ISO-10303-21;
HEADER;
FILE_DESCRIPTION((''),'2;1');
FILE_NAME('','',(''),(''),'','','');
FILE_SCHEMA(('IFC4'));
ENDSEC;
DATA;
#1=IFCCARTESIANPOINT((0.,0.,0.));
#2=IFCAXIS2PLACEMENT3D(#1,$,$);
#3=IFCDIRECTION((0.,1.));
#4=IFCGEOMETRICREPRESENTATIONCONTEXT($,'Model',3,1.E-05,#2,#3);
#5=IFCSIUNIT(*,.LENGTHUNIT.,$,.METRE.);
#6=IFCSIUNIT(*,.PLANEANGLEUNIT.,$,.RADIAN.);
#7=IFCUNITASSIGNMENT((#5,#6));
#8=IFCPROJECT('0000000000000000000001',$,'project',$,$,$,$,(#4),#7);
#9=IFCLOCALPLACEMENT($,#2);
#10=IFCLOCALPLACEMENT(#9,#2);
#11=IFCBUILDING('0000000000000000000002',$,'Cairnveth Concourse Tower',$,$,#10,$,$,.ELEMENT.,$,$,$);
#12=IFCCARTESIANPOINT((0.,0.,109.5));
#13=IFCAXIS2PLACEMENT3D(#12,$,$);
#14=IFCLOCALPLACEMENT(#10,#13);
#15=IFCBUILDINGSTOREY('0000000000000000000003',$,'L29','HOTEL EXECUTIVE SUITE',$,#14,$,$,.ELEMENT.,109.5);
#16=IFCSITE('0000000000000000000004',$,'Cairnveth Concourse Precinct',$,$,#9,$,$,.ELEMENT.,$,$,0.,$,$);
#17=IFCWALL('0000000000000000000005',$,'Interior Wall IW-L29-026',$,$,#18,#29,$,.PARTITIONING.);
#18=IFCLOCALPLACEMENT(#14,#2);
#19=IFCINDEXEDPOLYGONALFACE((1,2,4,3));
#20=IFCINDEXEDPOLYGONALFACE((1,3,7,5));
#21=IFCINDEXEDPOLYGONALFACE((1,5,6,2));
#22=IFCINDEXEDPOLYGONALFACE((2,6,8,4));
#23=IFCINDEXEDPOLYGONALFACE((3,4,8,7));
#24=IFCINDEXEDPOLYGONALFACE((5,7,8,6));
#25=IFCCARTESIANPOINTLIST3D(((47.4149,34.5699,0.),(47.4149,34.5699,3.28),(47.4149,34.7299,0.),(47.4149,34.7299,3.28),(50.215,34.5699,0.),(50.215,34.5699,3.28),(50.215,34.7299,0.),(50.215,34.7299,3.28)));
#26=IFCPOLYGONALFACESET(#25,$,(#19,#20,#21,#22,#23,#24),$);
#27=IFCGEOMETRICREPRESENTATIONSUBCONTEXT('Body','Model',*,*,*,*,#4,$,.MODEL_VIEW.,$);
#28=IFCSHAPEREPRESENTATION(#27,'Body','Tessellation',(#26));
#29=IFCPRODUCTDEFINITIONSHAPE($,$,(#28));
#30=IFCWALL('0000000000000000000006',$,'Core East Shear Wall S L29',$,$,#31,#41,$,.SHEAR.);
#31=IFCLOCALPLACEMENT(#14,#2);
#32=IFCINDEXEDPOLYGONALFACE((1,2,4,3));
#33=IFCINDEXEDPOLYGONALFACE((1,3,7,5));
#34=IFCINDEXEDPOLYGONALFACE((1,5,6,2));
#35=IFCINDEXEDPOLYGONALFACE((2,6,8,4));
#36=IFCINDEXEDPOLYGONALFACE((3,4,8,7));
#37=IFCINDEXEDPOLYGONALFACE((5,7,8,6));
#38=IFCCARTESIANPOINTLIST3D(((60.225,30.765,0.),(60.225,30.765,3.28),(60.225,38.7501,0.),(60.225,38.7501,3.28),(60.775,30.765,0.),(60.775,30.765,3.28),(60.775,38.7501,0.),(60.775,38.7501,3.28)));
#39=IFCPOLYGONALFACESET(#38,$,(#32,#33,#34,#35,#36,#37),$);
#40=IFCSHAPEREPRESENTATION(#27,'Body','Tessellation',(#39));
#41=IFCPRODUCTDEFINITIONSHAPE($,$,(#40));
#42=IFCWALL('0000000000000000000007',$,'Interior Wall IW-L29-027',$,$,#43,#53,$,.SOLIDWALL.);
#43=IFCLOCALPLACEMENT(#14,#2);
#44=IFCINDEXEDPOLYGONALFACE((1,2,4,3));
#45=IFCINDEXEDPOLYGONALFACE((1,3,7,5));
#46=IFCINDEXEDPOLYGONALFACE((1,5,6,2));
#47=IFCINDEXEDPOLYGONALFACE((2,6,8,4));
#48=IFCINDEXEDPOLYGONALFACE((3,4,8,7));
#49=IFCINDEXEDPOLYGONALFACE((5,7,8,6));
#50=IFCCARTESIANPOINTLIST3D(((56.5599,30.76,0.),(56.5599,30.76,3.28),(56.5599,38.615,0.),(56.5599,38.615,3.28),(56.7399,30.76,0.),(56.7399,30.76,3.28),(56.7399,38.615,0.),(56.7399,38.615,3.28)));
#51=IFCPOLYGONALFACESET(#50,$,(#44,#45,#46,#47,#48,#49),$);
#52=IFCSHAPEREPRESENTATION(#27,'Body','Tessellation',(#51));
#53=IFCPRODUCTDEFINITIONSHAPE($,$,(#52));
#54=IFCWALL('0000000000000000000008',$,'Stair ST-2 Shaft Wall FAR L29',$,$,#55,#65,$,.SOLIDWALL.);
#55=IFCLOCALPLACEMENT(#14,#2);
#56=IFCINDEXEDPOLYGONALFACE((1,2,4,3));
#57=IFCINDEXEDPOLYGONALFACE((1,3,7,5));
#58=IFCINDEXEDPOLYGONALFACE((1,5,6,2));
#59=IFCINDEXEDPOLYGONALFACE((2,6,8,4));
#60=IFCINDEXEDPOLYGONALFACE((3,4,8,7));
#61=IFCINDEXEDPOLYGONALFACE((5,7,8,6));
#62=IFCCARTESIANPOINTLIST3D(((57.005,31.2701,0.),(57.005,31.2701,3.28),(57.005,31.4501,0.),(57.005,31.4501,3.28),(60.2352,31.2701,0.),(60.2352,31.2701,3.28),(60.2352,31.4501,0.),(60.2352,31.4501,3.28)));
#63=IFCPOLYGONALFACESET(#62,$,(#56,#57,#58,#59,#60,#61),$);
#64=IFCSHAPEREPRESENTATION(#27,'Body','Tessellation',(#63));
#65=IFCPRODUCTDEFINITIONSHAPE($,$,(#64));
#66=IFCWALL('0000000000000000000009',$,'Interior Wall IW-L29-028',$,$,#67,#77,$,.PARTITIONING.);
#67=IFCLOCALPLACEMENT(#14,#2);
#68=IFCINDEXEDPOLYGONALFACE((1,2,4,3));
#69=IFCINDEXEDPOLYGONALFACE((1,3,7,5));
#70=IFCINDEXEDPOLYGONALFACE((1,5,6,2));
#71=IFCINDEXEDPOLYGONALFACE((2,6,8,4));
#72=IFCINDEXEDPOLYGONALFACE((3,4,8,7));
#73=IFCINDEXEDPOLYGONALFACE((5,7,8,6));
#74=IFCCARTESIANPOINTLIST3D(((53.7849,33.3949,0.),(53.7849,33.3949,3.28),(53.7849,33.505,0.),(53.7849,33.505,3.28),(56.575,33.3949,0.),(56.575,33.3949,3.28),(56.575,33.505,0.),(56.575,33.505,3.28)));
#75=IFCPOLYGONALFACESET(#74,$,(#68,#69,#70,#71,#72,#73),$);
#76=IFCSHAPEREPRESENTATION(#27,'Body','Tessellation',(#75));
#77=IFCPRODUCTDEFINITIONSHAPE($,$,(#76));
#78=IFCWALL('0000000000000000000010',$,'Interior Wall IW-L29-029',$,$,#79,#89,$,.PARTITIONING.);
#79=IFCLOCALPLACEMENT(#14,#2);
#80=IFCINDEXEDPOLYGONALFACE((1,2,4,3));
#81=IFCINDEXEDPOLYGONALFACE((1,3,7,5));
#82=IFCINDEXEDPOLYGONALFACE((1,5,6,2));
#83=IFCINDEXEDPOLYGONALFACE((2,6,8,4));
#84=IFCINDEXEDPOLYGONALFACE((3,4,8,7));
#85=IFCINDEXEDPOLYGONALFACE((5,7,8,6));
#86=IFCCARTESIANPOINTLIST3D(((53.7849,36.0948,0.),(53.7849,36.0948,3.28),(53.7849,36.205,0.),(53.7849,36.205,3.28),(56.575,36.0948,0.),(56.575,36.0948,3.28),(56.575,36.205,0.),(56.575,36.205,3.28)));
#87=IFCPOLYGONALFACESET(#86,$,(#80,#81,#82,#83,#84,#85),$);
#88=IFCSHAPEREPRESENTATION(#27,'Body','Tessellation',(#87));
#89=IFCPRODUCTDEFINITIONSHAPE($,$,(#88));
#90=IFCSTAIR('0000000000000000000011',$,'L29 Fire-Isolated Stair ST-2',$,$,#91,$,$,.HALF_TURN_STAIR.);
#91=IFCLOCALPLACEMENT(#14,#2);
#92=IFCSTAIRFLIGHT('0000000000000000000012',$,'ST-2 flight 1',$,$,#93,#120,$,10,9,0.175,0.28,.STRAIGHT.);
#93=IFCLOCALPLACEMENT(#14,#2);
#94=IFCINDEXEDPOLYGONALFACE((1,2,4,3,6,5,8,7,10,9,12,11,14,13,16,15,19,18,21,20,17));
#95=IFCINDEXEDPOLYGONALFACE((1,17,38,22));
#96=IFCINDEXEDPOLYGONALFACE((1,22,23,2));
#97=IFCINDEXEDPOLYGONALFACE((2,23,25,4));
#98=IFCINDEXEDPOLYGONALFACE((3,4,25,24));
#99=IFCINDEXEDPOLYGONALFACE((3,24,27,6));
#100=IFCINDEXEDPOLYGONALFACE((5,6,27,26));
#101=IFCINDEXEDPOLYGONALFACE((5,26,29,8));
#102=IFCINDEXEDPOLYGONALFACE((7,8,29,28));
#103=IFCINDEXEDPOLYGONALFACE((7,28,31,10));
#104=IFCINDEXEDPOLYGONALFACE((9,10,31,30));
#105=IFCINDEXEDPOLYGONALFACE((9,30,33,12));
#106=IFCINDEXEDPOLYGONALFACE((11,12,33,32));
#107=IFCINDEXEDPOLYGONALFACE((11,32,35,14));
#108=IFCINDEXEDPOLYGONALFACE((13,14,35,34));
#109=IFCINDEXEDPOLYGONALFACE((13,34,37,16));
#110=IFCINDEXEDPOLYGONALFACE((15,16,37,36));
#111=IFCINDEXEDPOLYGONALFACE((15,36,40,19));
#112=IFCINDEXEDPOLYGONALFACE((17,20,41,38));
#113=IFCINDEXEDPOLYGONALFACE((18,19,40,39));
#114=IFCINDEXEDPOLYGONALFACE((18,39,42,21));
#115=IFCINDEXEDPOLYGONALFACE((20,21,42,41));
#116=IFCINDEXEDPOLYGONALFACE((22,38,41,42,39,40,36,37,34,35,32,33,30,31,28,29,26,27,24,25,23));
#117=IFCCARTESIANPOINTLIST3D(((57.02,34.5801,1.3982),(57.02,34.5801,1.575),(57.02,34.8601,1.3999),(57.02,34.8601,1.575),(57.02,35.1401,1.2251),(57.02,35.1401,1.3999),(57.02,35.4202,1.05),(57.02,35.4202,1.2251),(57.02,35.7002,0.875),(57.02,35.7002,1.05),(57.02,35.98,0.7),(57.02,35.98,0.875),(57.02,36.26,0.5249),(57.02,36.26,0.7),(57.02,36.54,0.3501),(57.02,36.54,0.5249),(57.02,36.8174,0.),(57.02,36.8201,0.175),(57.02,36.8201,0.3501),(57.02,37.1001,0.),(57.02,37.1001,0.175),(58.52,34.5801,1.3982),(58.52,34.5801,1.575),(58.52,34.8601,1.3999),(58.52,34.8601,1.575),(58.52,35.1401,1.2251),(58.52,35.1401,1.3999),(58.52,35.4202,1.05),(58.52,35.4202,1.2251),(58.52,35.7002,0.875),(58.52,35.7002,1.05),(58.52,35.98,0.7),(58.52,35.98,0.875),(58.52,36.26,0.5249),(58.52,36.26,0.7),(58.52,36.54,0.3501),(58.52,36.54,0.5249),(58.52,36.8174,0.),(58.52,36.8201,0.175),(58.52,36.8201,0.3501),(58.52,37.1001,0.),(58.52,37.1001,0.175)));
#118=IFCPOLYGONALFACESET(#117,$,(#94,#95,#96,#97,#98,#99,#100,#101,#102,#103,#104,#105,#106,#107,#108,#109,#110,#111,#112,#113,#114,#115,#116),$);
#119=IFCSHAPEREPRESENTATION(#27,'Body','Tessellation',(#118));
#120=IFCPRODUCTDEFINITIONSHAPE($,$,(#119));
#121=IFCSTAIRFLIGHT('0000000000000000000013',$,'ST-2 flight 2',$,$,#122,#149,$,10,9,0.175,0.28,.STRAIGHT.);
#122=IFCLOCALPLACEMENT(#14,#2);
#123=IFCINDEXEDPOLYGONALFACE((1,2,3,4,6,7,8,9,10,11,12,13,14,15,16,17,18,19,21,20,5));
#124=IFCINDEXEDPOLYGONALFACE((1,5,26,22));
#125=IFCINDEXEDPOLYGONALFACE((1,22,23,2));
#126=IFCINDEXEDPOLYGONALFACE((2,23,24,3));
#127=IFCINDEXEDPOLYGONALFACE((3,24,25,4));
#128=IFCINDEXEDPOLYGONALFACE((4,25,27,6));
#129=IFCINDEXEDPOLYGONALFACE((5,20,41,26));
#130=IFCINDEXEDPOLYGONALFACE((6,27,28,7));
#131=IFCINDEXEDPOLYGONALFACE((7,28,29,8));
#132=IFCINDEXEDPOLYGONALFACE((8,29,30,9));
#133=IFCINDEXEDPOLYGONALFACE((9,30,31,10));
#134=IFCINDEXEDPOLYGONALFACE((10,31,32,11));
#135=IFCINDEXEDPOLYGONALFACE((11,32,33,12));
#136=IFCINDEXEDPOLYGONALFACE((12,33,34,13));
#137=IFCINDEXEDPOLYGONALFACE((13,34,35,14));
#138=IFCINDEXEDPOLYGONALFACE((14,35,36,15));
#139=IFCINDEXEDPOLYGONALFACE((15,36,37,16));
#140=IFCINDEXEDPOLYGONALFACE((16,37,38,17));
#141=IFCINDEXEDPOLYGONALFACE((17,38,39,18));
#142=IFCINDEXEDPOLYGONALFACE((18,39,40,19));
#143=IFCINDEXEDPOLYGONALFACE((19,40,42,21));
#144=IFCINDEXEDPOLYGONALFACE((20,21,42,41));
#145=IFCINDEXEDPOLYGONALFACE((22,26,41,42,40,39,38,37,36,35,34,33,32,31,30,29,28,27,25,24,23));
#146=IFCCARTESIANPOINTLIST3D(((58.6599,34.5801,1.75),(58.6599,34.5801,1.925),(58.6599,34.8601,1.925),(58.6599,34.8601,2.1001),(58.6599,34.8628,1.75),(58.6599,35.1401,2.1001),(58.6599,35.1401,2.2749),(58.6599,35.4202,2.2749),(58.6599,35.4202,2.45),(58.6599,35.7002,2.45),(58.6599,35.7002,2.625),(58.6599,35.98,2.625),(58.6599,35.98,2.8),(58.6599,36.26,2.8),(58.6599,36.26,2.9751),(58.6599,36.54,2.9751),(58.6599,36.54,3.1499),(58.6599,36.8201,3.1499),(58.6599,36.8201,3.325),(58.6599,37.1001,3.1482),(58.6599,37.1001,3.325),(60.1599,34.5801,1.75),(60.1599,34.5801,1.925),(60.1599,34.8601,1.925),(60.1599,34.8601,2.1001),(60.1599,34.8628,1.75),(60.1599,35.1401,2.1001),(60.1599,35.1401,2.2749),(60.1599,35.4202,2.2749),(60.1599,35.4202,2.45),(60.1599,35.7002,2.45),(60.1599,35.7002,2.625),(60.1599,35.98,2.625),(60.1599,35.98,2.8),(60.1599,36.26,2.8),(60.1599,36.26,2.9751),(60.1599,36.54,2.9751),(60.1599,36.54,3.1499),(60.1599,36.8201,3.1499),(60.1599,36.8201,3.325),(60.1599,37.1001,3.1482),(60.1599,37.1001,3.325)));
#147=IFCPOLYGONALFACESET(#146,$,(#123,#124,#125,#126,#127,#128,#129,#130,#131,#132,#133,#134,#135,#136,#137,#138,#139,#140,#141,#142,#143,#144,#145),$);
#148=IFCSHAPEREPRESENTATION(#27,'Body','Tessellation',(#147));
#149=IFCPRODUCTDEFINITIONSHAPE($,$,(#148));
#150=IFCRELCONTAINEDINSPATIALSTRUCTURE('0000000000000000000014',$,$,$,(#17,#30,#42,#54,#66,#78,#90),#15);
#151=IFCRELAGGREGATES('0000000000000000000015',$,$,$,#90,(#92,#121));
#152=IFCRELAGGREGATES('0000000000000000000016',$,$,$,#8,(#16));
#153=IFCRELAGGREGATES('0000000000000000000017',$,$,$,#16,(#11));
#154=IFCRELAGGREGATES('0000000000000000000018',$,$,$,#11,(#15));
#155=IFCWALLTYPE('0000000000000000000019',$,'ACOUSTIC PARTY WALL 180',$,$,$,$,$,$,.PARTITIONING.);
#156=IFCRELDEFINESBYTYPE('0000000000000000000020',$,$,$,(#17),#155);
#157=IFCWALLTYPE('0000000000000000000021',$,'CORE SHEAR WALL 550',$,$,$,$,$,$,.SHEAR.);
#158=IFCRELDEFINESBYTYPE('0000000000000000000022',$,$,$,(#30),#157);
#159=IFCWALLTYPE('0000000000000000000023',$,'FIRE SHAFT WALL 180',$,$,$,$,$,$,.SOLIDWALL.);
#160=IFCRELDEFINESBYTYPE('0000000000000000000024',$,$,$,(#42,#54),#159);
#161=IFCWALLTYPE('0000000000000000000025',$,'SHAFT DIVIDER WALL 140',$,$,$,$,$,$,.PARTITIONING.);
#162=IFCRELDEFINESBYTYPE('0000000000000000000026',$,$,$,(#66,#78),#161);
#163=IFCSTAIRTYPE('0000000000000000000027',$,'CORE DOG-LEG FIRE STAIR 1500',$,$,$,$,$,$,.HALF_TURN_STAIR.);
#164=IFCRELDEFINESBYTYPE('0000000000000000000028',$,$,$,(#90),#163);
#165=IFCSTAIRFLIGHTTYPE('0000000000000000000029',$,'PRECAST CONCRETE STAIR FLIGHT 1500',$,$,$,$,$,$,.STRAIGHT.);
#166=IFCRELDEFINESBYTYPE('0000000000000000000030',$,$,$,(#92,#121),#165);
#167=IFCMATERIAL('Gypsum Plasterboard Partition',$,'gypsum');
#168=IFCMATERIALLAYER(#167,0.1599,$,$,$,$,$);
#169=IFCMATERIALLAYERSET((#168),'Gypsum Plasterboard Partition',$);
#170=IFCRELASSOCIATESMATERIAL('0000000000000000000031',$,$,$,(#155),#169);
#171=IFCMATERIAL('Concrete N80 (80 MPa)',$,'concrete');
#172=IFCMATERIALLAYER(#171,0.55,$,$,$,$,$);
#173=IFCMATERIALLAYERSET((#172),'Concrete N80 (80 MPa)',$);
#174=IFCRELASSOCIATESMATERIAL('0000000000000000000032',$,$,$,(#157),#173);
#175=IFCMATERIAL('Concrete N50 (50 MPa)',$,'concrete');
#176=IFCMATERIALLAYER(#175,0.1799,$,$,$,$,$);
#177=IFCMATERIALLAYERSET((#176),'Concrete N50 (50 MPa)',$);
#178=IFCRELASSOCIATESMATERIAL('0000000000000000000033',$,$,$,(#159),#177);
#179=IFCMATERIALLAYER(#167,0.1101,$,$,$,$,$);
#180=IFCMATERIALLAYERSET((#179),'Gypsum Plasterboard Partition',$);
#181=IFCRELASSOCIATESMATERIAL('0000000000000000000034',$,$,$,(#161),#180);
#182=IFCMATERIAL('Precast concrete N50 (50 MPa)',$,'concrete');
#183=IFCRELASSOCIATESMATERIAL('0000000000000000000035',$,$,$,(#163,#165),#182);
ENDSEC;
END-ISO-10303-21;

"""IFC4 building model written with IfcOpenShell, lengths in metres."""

from ifc_helpers import new_model, si_unit, direction, frame, frame_2d, origin, place, context, subcontext, project, spatial, polyline, rectangle, outline, extrude, material, layer, layer_set, type_object, element, aggregate, save


model = new_model("IFC4")

# Units and contexts
model_context = context("Model", 3, precision=1e-05, world=origin(), true_north=direction((0.0, 1.0)))
body_context = subcontext(model_context, "Body", "Model", "MODEL_VIEW")
ifc_project = project(units=[si_unit("LENGTHUNIT", "METRE"), si_unit("PLANEANGLEUNIT", "RADIAN")], contexts=[model_context])

# Site, building, storey
site_placement = place(None, origin())
site = spatial("IfcSite", under=ifc_project, at=site_placement, Name="Cairnveth Concourse Precinct", CompositionType="ELEMENT", RefElevation=0.0)
building_placement = place(site_placement, origin())
building = spatial("IfcBuilding", under=site, at=building_placement, Name="Cairnveth Concourse Tower", CompositionType="ELEMENT")
storey_placement = place(building_placement, frame((0.0, 0.0, 109.5)))
storey = spatial("IfcBuildingStorey", under=building, at=storey_placement, Name="L29", Description="HOTEL EXECUTIVE SUITE", CompositionType="ELEMENT", Elevation=109.5)

# Walls
ifc_material_1 = material(Name="Gypsum Plasterboard Partition", Category="gypsum")
ifc_layer_1 = layer(ifc_material_1, 0.1599)
ifc_layer_set_1 = layer_set([ifc_layer_1], Name="Gypsum Plasterboard Partition")
wall_type_1 = type_object("IfcWallType", Name="ACOUSTIC PARTY WALL 180", PredefinedType="PARTITIONING", material=ifc_layer_set_1)
wall_1_placement = place(storey_placement, frame((47.415, 34.6499, 0.0), z_axis=(0.0, 0.0, 1.0), x_axis=(1.0, 0.0, 0.0)))
element("IfcWall", 1, at=wall_1_placement, inside=storey, type_object=wall_type_1, Name="Interior Wall IW-L29-026", PredefinedType="PARTITIONING", context=body_context, shape_type="SweptSolid", body=[
    extrude(rectangle(XDim=2.8, YDim=0.1599, at=frame_2d((1.3999, 0.0))), origin(), (0.0, 0.0, 1.0), 3.28),
])
ifc_material_2 = material(Name="Concrete N80 (80 MPa)", Category="concrete")
ifc_layer_2 = layer(ifc_material_2, 0.55)
ifc_layer_set_2 = layer_set([ifc_layer_2], Name="Concrete N80 (80 MPa)")
wall_type_2 = type_object("IfcWallType", Name="CORE SHEAR WALL 550", PredefinedType="SHEAR", material=ifc_layer_set_2)
wall_2_placement = place(storey_placement, frame((60.5, 30.7649, 0.0), z_axis=(0.0, 0.0, 1.0), x_axis=(0.0, 1.0, 0.0)))
element("IfcWall", 2, at=wall_2_placement, inside=storey, type_object=wall_type_2, Name="Core East Shear Wall S L29", PredefinedType="SHEAR", context=body_context, shape_type="SweptSolid", body=[
    extrude(rectangle(XDim=7.9851, YDim=0.55, at=frame_2d((3.9927, 0.0))), origin(), (0.0, 0.0, 1.0), 3.28),
])
ifc_material_3 = material(Name="Concrete N50 (50 MPa)", Category="concrete")
ifc_layer_3 = layer(ifc_material_3, 0.1799)
ifc_layer_set_3 = layer_set([ifc_layer_3], Name="Concrete N50 (50 MPa)")
wall_type_3 = type_object("IfcWallType", Name="FIRE SHAFT WALL 180", PredefinedType="SOLIDWALL", material=ifc_layer_set_3)
wall_3_placement = place(storey_placement, frame((56.6499, 30.76, 0.0), z_axis=(0.0, 0.0, 1.0), x_axis=(0.0, 1.0, 0.0)))
element("IfcWall", 3, at=wall_3_placement, inside=storey, type_object=wall_type_3, Name="Interior Wall IW-L29-027", PredefinedType="SOLIDWALL", context=body_context, shape_type="SweptSolid", body=[
    extrude(rectangle(XDim=7.855, YDim=0.1799, at=frame_2d((3.9275, 0.0))), origin(), (0.0, 0.0, 1.0), 3.28),
])

# Walls
wall_4_placement = place(storey_placement, frame((57.0049, 31.3601, 0.0), z_axis=(0.0, 0.0, 1.0), x_axis=(1.0, 0.0, 0.0)))
element("IfcWall", 4, at=wall_4_placement, inside=storey, type_object=wall_type_3, Name="Stair ST-2 Shaft Wall FAR L29", PredefinedType="SOLIDWALL", context=body_context, shape_type="SweptSolid", body=[
    extrude(rectangle(XDim=3.2302, YDim=0.1799, at=frame_2d((1.6152, 0.0))), origin(), (0.0, 0.0, 1.0), 3.28),
])
ifc_layer_4 = layer(ifc_material_1, 0.1101)
ifc_layer_set_4 = layer_set([ifc_layer_4], Name="Gypsum Plasterboard Partition")
wall_type_4 = type_object("IfcWallType", Name="SHAFT DIVIDER WALL 140", PredefinedType="PARTITIONING", material=ifc_layer_set_4)
for number, where, z_axis, x_axis, name in (
    (5, (53.7849, 33.45, 0.0), (0.0, 0.0, 1.0), (1.0, 0.0, 0.0), "Interior Wall IW-L29-028"),
    (6, (53.7849, 36.1499, 0.0), (0.0, 0.0, 1.0), (1.0, 0.0, 0.0), "Interior Wall IW-L29-029"),
):
    element("IfcWall", number, at=place(storey_placement, frame(where, z_axis=z_axis, x_axis=x_axis)), inside=storey, type_object=wall_type_4, Name=name, PredefinedType="PARTITIONING", context=body_context, shape_type="SweptSolid", body=[
        extrude(rectangle(XDim=2.79, YDim=0.1101, at=frame_2d((1.395, 0.0))), origin(), (0.0, 0.0, 1.0), 3.28),
    ])

# Stair, stair flights
ifc_material_4 = material(Name="Precast concrete N50 (50 MPa)", Category="concrete")
stair_type = type_object("IfcStairType", Name="CORE DOG-LEG FIRE STAIR 1500", PredefinedType="HALF_TURN_STAIR", material=ifc_material_4)
stair_placement = place(storey_placement, origin())
stair = element("IfcStair", 7, at=stair_placement, inside=storey, type_object=stair_type, Name="L29 Fire-Isolated Stair ST-2", PredefinedType="HALF_TURN_STAIR")
stair_flight_type = type_object("IfcStairFlightType", Name="PRECAST CONCRETE STAIR FLIGHT 1500", PredefinedType="STRAIGHT", material=ifc_material_4)
stair_flight_1_placement = place(storey_placement, frame((57.77, 37.1001, 0.0), z_axis=(0.0, 0.0, 1.0), x_axis=(0.0, -1.0, 0.0)))
stair_flight_1 = element("IfcStairFlight", 8, at=stair_flight_1_placement, type_object=stair_flight_type, Name="ST-2 flight 1", NumberOfRisers=10, NumberOfTreads=9, PredefinedType="STRAIGHT", RiserHeight=0.175, TreadLength=0.28, context=body_context, shape_type="SweptSolid", body=[
    extrude(outline(polyline([(0.0, 0.0), (0.0, 0.175), (0.28, 0.175), (0.28, 0.3501), (0.5601, 0.3501), (0.5601, 0.5249), (0.8401, 0.5249), (0.8401, 0.7), (1.1201, 0.7), (1.1201, 0.875), (1.3999, 0.875), (1.3999, 1.05), (1.6799, 1.05), (1.6799, 1.2251), (1.96, 1.2251), (1.96, 1.3999), (2.24, 1.3999), (2.24, 1.575), (2.52, 1.575), (2.52, 1.75), (2.52, 1.3982), (0.2827, 0.0), (0.0, 0.0)])), frame((0.0, 0.75, 0.0), z_axis=(0.0, -1.0, 0.0), x_axis=(1.0, 0.0, 0.0)), (0.0, 0.0, 1.0), 1.5),
])
stair_flight_2_placement = place(storey_placement, frame((59.4099, 34.5801, 1.75), z_axis=(0.0, 0.0, 1.0), x_axis=(0.0, 1.0, 0.0)))
stair_flight_2 = element("IfcStairFlight", 9, at=stair_flight_2_placement, type_object=stair_flight_type, Name="ST-2 flight 2", NumberOfRisers=10, NumberOfTreads=9, PredefinedType="STRAIGHT", RiserHeight=0.175, TreadLength=0.28, context=body_context, shape_type="SweptSolid", body=[
    extrude(outline(polyline([(0.0, 0.0), (0.0, 0.175), (0.28, 0.175), (0.28, 0.3501), (0.5601, 0.3501), (0.5601, 0.5249), (0.8401, 0.5249), (0.8401, 0.7), (1.1201, 0.7), (1.1201, 0.875), (1.3999, 0.875), (1.3999, 1.05), (1.6799, 1.05), (1.6799, 1.2251), (1.96, 1.2251), (1.96, 1.3999), (2.24, 1.3999), (2.24, 1.575), (2.52, 1.575), (2.52, 1.75), (2.52, 1.3982), (0.2827, 0.0), (0.0, 0.0)])), frame((0.0, 0.75, 0.0), z_axis=(0.0, -1.0, 0.0), x_axis=(1.0, 0.0, 0.0)), (0.0, 0.0, 1.0), 1.5),
])
aggregate(stair, [stair_flight_1, stair_flight_2])

save(model, "model.ifc")
